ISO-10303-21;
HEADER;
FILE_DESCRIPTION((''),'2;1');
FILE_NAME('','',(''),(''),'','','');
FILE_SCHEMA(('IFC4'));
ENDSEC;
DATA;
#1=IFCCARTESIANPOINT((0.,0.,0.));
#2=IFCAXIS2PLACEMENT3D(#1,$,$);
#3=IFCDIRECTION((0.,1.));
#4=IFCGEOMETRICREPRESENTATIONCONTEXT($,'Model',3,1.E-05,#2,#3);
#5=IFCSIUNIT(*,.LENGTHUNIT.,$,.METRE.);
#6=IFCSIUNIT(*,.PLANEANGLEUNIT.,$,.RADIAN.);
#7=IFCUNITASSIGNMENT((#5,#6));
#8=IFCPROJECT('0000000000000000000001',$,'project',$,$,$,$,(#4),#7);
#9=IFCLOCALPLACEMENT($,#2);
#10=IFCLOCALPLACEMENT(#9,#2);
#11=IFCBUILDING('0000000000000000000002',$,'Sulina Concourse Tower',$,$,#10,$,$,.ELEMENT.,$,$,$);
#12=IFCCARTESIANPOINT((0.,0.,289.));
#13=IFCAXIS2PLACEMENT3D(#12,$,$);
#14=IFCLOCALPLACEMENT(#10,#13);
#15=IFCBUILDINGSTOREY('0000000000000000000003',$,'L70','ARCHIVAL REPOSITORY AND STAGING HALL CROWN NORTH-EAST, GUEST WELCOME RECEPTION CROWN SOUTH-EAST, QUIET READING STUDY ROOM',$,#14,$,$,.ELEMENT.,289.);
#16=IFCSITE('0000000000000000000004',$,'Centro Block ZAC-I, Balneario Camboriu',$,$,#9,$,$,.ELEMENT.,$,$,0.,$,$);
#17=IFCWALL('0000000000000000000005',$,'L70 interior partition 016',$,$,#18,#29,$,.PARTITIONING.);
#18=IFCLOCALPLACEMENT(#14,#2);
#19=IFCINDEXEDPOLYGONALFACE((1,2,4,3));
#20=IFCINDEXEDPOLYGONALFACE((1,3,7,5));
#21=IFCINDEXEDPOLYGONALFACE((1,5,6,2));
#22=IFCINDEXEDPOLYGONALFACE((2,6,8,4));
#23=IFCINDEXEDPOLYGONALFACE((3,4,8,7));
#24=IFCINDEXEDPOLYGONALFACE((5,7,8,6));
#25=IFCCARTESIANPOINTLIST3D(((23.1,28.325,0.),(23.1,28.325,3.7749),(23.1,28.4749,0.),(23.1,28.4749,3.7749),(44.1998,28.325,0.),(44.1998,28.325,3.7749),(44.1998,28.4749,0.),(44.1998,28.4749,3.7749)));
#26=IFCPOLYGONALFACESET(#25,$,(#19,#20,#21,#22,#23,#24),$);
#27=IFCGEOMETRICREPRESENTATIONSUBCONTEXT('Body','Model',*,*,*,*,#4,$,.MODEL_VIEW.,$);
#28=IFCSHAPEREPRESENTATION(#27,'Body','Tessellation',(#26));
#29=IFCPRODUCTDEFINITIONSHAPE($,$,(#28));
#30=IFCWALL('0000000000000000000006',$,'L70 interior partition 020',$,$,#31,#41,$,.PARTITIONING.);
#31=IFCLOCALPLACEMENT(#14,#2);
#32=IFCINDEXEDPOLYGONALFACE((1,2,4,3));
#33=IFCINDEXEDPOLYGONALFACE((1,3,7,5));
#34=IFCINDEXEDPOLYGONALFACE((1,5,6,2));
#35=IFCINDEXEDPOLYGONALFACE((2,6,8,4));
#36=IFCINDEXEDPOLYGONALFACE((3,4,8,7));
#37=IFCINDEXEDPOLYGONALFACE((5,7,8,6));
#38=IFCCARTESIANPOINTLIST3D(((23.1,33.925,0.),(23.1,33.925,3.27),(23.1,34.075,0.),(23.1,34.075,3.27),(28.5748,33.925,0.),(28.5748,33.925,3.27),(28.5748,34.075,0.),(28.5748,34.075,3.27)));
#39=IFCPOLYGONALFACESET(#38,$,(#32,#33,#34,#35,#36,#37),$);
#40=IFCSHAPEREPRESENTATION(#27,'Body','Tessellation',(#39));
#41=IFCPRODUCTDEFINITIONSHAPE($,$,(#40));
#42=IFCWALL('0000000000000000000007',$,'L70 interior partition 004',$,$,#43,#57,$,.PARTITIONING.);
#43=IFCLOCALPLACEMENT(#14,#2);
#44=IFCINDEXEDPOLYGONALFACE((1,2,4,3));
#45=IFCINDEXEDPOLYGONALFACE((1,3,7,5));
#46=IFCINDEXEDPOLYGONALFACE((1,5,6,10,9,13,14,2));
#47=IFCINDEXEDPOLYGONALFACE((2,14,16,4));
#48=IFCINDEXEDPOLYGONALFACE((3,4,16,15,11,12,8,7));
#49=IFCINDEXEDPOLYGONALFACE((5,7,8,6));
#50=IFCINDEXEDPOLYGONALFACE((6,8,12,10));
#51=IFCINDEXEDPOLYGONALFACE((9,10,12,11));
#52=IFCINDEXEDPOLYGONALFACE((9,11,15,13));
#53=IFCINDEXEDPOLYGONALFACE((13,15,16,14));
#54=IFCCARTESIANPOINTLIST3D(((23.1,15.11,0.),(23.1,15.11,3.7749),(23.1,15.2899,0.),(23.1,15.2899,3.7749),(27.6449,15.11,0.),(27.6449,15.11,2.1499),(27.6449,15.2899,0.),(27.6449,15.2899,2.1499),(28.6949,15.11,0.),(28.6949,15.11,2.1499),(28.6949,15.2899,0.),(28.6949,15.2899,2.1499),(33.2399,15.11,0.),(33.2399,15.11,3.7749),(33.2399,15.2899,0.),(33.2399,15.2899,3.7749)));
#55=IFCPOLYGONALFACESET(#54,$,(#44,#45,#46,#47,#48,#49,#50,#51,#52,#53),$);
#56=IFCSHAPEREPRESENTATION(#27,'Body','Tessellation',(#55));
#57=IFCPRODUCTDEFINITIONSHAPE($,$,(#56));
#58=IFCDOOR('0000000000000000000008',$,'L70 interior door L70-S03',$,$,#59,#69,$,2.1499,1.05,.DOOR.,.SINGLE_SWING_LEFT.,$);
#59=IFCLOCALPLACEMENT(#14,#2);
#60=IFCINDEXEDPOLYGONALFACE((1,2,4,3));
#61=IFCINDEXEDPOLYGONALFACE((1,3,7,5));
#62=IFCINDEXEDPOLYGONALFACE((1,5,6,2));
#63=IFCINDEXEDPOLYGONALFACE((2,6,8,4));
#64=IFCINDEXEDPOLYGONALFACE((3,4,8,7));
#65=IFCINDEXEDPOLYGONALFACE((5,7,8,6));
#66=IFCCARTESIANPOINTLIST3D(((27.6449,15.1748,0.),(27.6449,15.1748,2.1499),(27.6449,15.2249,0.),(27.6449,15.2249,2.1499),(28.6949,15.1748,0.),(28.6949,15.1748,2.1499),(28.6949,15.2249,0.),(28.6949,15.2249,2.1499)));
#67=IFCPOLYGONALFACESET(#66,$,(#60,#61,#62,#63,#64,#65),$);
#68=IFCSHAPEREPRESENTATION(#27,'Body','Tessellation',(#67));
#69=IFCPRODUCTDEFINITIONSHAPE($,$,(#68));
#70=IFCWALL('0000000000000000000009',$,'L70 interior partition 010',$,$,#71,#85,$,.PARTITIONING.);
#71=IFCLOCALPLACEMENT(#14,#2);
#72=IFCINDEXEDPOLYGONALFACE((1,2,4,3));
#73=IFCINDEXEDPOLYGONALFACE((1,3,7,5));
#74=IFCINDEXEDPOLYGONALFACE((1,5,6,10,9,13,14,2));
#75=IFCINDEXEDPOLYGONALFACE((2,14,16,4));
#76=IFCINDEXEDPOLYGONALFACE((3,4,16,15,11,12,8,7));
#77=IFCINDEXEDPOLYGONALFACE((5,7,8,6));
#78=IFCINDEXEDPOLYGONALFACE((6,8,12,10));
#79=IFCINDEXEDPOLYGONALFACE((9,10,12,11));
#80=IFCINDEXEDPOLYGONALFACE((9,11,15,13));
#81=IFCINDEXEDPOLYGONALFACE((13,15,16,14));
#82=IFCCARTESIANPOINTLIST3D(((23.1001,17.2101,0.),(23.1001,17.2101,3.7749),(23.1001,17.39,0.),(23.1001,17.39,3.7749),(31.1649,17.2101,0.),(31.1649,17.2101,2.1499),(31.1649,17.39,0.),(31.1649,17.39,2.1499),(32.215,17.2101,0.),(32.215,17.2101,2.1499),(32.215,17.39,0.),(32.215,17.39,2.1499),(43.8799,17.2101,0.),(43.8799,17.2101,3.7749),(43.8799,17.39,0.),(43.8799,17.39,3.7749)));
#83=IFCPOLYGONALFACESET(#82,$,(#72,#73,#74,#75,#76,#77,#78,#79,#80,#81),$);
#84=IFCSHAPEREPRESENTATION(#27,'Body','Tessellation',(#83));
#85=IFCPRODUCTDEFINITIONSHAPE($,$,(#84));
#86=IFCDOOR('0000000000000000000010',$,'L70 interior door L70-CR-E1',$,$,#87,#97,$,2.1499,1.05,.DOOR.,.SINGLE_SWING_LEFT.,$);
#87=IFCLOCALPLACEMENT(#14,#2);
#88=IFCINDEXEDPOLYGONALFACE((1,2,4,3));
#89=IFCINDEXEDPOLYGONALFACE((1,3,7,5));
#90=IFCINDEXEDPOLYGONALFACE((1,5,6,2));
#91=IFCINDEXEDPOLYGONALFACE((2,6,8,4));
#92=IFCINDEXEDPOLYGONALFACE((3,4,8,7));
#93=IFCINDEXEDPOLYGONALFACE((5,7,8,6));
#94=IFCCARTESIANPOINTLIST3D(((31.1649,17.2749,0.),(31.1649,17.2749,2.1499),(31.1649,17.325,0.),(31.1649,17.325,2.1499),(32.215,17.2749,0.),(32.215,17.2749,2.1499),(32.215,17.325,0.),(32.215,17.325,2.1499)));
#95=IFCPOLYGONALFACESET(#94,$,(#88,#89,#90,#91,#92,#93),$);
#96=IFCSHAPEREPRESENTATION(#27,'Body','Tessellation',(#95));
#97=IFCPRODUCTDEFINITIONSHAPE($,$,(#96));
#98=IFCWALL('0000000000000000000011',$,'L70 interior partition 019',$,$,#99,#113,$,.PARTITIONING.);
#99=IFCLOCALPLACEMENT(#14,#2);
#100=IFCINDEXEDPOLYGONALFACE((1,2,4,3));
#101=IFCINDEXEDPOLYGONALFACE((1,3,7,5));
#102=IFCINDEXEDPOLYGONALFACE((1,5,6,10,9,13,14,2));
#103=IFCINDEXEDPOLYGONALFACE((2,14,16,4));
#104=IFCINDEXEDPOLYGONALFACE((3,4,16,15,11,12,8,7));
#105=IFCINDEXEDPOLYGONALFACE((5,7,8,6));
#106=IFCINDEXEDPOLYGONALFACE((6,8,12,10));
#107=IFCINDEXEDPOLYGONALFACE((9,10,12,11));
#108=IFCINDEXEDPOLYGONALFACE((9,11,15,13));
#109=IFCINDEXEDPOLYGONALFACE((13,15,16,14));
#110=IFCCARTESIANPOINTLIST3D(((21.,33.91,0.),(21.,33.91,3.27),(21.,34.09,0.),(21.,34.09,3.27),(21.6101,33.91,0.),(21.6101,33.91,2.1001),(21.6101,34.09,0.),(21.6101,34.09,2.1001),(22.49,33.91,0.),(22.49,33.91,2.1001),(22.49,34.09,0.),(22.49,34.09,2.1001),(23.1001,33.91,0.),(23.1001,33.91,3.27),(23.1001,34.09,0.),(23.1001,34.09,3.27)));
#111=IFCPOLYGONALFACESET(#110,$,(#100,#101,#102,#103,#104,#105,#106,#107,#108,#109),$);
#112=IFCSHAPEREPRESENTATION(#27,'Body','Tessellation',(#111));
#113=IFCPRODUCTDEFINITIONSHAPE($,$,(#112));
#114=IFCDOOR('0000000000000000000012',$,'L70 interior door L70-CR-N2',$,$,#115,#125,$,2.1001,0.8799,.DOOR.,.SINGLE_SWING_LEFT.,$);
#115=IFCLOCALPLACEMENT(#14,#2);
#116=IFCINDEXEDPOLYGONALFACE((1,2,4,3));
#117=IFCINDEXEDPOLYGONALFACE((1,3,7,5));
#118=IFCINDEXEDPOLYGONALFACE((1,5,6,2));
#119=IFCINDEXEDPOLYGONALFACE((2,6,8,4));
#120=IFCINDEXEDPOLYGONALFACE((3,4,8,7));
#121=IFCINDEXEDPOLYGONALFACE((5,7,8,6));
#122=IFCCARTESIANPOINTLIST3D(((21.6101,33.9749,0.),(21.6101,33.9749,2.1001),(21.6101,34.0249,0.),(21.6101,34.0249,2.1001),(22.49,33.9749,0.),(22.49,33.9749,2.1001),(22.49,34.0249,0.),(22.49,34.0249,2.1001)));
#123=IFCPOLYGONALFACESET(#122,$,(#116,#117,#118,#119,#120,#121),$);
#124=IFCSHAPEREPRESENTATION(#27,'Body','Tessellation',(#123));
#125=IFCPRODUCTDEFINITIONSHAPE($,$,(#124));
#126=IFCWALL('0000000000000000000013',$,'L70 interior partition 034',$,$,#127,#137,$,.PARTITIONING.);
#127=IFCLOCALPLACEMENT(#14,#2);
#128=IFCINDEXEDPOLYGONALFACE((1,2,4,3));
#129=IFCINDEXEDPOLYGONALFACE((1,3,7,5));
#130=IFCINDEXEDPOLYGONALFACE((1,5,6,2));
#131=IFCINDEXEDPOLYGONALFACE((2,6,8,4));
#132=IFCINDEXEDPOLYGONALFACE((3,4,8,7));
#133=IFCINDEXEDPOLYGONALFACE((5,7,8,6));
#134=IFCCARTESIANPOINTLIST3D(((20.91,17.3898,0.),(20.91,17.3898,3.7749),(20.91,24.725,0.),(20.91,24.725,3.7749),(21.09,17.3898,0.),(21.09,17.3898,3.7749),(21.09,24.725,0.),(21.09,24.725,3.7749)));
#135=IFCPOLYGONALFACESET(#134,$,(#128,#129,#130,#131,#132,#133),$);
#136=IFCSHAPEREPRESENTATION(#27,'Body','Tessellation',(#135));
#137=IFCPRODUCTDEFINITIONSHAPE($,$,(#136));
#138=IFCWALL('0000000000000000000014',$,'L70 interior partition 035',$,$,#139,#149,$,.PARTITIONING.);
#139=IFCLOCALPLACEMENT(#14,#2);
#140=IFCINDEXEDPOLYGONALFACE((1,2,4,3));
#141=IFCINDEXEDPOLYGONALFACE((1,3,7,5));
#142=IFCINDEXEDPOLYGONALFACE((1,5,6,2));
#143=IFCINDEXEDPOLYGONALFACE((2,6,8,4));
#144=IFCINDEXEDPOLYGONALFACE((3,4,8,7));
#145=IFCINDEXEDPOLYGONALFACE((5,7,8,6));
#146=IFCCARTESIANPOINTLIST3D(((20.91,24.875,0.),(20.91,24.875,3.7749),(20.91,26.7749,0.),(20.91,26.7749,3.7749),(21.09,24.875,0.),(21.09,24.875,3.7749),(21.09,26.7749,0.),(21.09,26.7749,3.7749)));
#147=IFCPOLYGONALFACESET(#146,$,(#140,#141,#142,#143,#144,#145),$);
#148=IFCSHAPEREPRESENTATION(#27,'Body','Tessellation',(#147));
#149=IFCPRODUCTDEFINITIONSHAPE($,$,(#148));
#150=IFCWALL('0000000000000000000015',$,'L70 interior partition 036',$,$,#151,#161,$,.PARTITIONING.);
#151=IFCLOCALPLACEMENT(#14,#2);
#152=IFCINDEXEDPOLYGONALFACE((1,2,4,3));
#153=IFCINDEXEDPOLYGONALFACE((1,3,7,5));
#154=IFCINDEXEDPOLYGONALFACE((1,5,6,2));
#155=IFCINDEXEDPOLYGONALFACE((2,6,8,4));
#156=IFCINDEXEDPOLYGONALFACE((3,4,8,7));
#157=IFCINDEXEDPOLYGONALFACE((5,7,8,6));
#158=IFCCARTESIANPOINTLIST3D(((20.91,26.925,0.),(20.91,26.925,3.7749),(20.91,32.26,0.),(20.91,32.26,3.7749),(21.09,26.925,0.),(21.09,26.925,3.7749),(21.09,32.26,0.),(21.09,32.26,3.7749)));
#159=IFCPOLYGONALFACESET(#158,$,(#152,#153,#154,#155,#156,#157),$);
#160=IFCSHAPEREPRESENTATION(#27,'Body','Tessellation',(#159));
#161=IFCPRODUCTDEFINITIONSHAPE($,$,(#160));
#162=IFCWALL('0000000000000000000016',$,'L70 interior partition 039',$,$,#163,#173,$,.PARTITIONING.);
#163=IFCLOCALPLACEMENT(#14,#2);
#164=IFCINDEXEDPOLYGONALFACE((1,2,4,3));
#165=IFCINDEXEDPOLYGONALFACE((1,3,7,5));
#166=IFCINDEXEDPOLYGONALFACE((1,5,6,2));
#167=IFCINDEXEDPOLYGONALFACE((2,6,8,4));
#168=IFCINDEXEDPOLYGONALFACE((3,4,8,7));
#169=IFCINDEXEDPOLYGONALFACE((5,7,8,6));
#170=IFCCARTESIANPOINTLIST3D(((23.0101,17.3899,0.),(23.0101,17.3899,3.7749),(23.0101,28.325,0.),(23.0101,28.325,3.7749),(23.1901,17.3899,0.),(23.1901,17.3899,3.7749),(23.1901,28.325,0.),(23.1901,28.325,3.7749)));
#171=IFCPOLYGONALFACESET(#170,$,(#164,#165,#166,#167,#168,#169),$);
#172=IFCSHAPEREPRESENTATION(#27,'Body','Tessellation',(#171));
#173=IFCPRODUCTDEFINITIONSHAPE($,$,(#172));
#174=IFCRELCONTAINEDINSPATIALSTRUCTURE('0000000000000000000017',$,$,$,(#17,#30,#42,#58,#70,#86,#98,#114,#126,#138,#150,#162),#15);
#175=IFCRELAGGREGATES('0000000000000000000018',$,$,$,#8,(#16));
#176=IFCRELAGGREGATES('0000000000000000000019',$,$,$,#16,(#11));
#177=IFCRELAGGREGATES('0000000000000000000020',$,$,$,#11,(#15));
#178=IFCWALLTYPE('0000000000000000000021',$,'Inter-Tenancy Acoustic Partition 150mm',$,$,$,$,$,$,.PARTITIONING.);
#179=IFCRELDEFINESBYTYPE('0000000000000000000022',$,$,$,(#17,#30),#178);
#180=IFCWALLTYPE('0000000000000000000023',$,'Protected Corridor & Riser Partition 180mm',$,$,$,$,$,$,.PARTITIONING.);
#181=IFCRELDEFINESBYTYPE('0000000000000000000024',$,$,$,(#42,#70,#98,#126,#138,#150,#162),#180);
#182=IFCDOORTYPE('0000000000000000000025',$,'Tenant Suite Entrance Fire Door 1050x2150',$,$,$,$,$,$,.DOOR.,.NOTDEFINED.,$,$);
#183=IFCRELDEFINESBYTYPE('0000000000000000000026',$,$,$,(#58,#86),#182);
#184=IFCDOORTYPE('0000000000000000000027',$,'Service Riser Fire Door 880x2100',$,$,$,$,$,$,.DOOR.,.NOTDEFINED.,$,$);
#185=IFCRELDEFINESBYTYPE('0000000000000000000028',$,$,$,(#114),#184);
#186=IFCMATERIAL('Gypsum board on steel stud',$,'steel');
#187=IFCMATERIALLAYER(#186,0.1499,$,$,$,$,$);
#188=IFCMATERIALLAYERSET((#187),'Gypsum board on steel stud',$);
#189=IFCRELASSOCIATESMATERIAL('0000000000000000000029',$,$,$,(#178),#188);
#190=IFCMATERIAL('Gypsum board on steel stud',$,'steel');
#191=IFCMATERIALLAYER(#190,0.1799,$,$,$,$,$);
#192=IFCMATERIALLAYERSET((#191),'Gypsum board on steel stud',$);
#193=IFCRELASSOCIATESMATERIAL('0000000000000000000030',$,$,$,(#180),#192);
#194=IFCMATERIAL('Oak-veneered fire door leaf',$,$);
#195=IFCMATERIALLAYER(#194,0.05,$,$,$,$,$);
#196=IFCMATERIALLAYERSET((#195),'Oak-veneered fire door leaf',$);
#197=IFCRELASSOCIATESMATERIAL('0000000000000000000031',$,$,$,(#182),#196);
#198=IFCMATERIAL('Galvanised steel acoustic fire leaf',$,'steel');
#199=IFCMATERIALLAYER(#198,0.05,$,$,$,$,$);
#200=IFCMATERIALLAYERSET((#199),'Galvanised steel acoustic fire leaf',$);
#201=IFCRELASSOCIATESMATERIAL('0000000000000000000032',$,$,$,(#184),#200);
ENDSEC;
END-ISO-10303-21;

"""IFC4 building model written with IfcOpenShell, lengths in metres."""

from ifc_helpers import new_model, si_unit, direction, frame, frame_2d, origin, place, context, subcontext, project, spatial, rectangle, extrude, material, layer, layer_set, type_object, element, fill, save


model = new_model("IFC4")

# Units and contexts
model_context = context("Model", 3, precision=1e-05, world=origin(), true_north=direction((0.0, 1.0)))
body_context = subcontext(model_context, "Body", "Model", "MODEL_VIEW")
ifc_project = project(units=[si_unit("LENGTHUNIT", "METRE"), si_unit("PLANEANGLEUNIT", "RADIAN")], contexts=[model_context])

# Site, building, storey
site_placement = place(None, origin())
site = spatial("IfcSite", under=ifc_project, at=site_placement, Name="Centro Block ZAC-I, Balneario Camboriu", CompositionType="ELEMENT", RefElevation=0.0)
building_placement = place(site_placement, origin())
building = spatial("IfcBuilding", under=site, at=building_placement, Name="Sulina Concourse Tower", CompositionType="ELEMENT")
storey_placement = place(building_placement, frame((0.0, 0.0, 289.0)))
storey = spatial("IfcBuildingStorey", under=building, at=storey_placement, Name="L70", Description="ARCHIVAL REPOSITORY AND STAGING HALL CROWN NORTH-EAST, GUEST WELCOME RECEPTION CROWN SOUTH-EAST, QUIET READING STUDY ROOM", CompositionType="ELEMENT", Elevation=289.0)

# Walls
ifc_material_1 = material(Name="Gypsum board on steel stud", Category="steel")
ifc_layer_1 = layer(ifc_material_1, 0.1499)
ifc_layer_set_1 = layer_set([ifc_layer_1], Name="Gypsum board on steel stud")
wall_type_1 = type_object("IfcWallType", Name="Inter-Tenancy Acoustic Partition 150mm", PredefinedType="PARTITIONING", material=ifc_layer_set_1)
wall_1_placement = place(storey_placement, frame((23.1001, 28.3999, 0.0), z_axis=(0.0, 0.0, 1.0), x_axis=(1.0, 0.0, 0.0)))
element("IfcWall", 1, at=wall_1_placement, inside=storey, type_object=wall_type_1, Name="L70 interior partition 016", PredefinedType="PARTITIONING", context=body_context, shape_type="SweptSolid", body=[
    extrude(rectangle(XDim=21.0999, YDim=0.1499, at=frame_2d((10.5498, 0.0))), origin(), (0.0, 0.0, 1.0), 3.7749),
])
wall_2_placement = place(storey_placement, frame((23.1001, 34.0, 0.0), z_axis=(0.0, 0.0, 1.0), x_axis=(1.0, 0.0, 0.0)))
element("IfcWall", 2, at=wall_2_placement, inside=storey, type_object=wall_type_1, Name="L70 interior partition 020", PredefinedType="PARTITIONING", context=body_context, shape_type="SweptSolid", body=[
    extrude(rectangle(XDim=5.4749, YDim=0.1499, at=frame_2d((2.7373, 0.0))), origin(), (0.0, 0.0, 1.0), 3.27),
])

# Walls, openings, doors
ifc_material_2 = material(Name="Gypsum board on steel stud", Category="steel")
ifc_layer_2 = layer(ifc_material_2, 0.1799)
ifc_layer_set_2 = layer_set([ifc_layer_2], Name="Gypsum board on steel stud")
wall_type_2 = type_object("IfcWallType", Name="Protected Corridor & Riser Partition 180mm", PredefinedType="PARTITIONING", material=ifc_layer_set_2)
wall_3_placement = place(storey_placement, frame((23.1001, 15.2, 0.0), z_axis=(0.0, 0.0, 1.0), x_axis=(1.0, 0.0, 0.0)))
wall_3 = element("IfcWall", 3, at=wall_3_placement, inside=storey, type_object=wall_type_2, Name="L70 interior partition 004", PredefinedType="PARTITIONING", context=body_context, shape_type="SweptSolid", body=[
    extrude(rectangle(XDim=10.1399, YDim=0.1799, at=frame_2d((5.0698, 0.0))), origin(), (0.0, 0.0, 1.0), 3.7749),
])
opening_1_placement = place(wall_3_placement, frame((4.5449, 0.0, 0.0)))
opening_1 = element("IfcOpeningElement", 4, at=opening_1_placement, cuts=wall_3, PredefinedType="OPENING", context=body_context, shape_type="SweptSolid", body=[
    extrude(rectangle(XDim=1.05, YDim=2.1499, at=frame_2d((0.5249, 1.075))), frame((0.0, 0.0999, 0.0), z_axis=(0.0, -1.0, 0.0), x_axis=(1.0, 0.0, 0.0)), (0.0, 0.0, 1.0), 0.2),
])
ifc_material_3 = material(Name="Oak-veneered fire door leaf")
ifc_layer_3 = layer(ifc_material_3, 0.05)
ifc_layer_set_3 = layer_set([ifc_layer_3], Name="Oak-veneered fire door leaf")
door_type_1 = type_object("IfcDoorType", Name="Tenant Suite Entrance Fire Door 1050x2150", OperationType="NOTDEFINED", PredefinedType="DOOR", material=ifc_layer_set_3)
door_1_placement = place(opening_1_placement, origin())
door_1 = element("IfcDoor", 5, at=door_1_placement, inside=storey, type_object=door_type_1, Name="L70 interior door L70-S03", OperationType="SINGLE_SWING_LEFT", OverallHeight=2.1499, OverallWidth=1.05, PredefinedType="DOOR", context=body_context, shape_type="SweptSolid", body=[
    extrude(rectangle(XDim=1.05, YDim=2.1499, at=frame_2d((0.5249, 1.075))), frame((0.0, 0.0249, 0.0), z_axis=(0.0, -1.0, 0.0), x_axis=(1.0, 0.0, 0.0)), (0.0, 0.0, 1.0), 0.05),
])
fill(opening_1, door_1)
wall_4_placement = place(storey_placement, frame((23.1001, 17.3, 0.0), z_axis=(0.0, 0.0, 1.0), x_axis=(1.0, 0.0, 0.0)))
wall_4 = element("IfcWall", 6, at=wall_4_placement, inside=storey, type_object=wall_type_2, Name="L70 interior partition 010", PredefinedType="PARTITIONING", context=body_context, shape_type="SweptSolid", body=[
    extrude(rectangle(XDim=20.7798, YDim=0.1799, at=frame_2d((10.3899, 0.0))), origin(), (0.0, 0.0, 1.0), 3.7749),
])
opening_2_placement = place(wall_4_placement, frame((8.0649, 0.0, 0.0)))
opening_2 = element("IfcOpeningElement", 7, at=opening_2_placement, cuts=wall_4, PredefinedType="OPENING", context=body_context, shape_type="SweptSolid", body=[
    extrude(rectangle(XDim=1.05, YDim=2.1499, at=frame_2d((0.5249, 1.075))), frame((0.0, 0.0999, 0.0), z_axis=(0.0, -1.0, 0.0), x_axis=(1.0, 0.0, 0.0)), (0.0, 0.0, 1.0), 0.2),
])
door_2_placement = place(opening_2_placement, origin())
door_2 = element("IfcDoor", 8, at=door_2_placement, inside=storey, type_object=door_type_1, Name="L70 interior door L70-CR-E1", OperationType="SINGLE_SWING_LEFT", OverallHeight=2.1499, OverallWidth=1.05, PredefinedType="DOOR", context=body_context, shape_type="SweptSolid", body=[
    extrude(rectangle(XDim=1.05, YDim=2.1499, at=frame_2d((0.5249, 1.075))), frame((0.0, 0.0249, 0.0), z_axis=(0.0, -1.0, 0.0), x_axis=(1.0, 0.0, 0.0)), (0.0, 0.0, 1.0), 0.05),
])
fill(opening_2, door_2)
wall_5_placement = place(storey_placement, frame((21.0, 34.0, 0.0), z_axis=(0.0, 0.0, 1.0), x_axis=(1.0, 0.0, 0.0)))
wall_5 = element("IfcWall", 9, at=wall_5_placement, inside=storey, type_object=wall_type_2, Name="L70 interior partition 019", PredefinedType="PARTITIONING", context=body_context, shape_type="SweptSolid", body=[
    extrude(rectangle(XDim=2.1001, YDim=0.1799, at=frame_2d((1.05, 0.0))), origin(), (0.0, 0.0, 1.0), 3.27),
])
opening_3_placement = place(wall_5_placement, frame((0.6101, 0.0, 0.0)))
opening_3 = element("IfcOpeningElement", 10, at=opening_3_placement, cuts=wall_5, PredefinedType="OPENING", context=body_context, shape_type="SweptSolid", body=[
    extrude(rectangle(XDim=0.8799, YDim=2.1001, at=frame_2d((0.4399, 1.05))), frame((0.0, 0.0999, 0.0), z_axis=(0.0, -1.0, 0.0), x_axis=(1.0, 0.0, 0.0)), (0.0, 0.0, 1.0), 0.2),
])
ifc_material_4 = material(Name="Galvanised steel acoustic fire leaf", Category="steel")
ifc_layer_4 = layer(ifc_material_4, 0.05)
ifc_layer_set_4 = layer_set([ifc_layer_4], Name="Galvanised steel acoustic fire leaf")
door_type_2 = type_object("IfcDoorType", Name="Service Riser Fire Door 880x2100", OperationType="NOTDEFINED", PredefinedType="DOOR", material=ifc_layer_set_4)
door_3_placement = place(opening_3_placement, origin())
door_3 = element("IfcDoor", 11, at=door_3_placement, inside=storey, type_object=door_type_2, Name="L70 interior door L70-CR-N2", OperationType="SINGLE_SWING_LEFT", OverallHeight=2.1001, OverallWidth=0.8799, PredefinedType="DOOR", context=body_context, shape_type="SweptSolid", body=[
    extrude(rectangle(XDim=0.8799, YDim=2.1001, at=frame_2d((0.4399, 1.05))), frame((0.0, 0.0249, 0.0), z_axis=(0.0, -1.0, 0.0), x_axis=(1.0, 0.0, 0.0)), (0.0, 0.0, 1.0), 0.05),
])
fill(opening_3, door_3)

# Walls
wall_6_placement = place(storey_placement, frame((21.0, 17.3899, 0.0), z_axis=(0.0, 0.0, 1.0), x_axis=(0.0, 1.0, 0.0)))
element("IfcWall", 12, at=wall_6_placement, inside=storey, type_object=wall_type_2, Name="L70 interior partition 034", PredefinedType="PARTITIONING", context=body_context, shape_type="SweptSolid", body=[
    extrude(rectangle(XDim=7.3352, YDim=0.1799, at=frame_2d((3.6675, 0.0))), origin(), (0.0, 0.0, 1.0), 3.7749),
])
wall_7_placement = place(storey_placement, frame((21.0, 24.875, 0.0), z_axis=(0.0, 0.0, 1.0), x_axis=(0.0, 1.0, 0.0)))
element("IfcWall", 13, at=wall_7_placement, inside=storey, type_object=wall_type_2, Name="L70 interior partition 035", PredefinedType="PARTITIONING", context=body_context, shape_type="SweptSolid", body=[
    extrude(rectangle(XDim=1.8999, YDim=0.1799, at=frame_2d((0.95, 0.0))), origin(), (0.0, 0.0, 1.0), 3.7749),
])
wall_8_placement = place(storey_placement, frame((21.0, 26.925, 0.0), z_axis=(0.0, 0.0, 1.0), x_axis=(0.0, 1.0, 0.0)))
element("IfcWall", 14, at=wall_8_placement, inside=storey, type_object=wall_type_2, Name="L70 interior partition 036", PredefinedType="PARTITIONING", context=body_context, shape_type="SweptSolid", body=[
    extrude(rectangle(XDim=5.335, YDim=0.1799, at=frame_2d((2.6675, 0.0))), origin(), (0.0, 0.0, 1.0), 3.7749),
])
wall_9_placement = place(storey_placement, frame((23.1001, 17.3899, 0.0), z_axis=(0.0, 0.0, 1.0), x_axis=(0.0, 1.0, 0.0)))
element("IfcWall", 15, at=wall_9_placement, inside=storey, type_object=wall_type_2, Name="L70 interior partition 039", PredefinedType="PARTITIONING", context=body_context, shape_type="SweptSolid", body=[
    extrude(rectangle(XDim=10.9351, YDim=0.1799, at=frame_2d((5.4675, 0.0))), origin(), (0.0, 0.0, 1.0), 3.7749),
])

save(model, "model.ifc")
